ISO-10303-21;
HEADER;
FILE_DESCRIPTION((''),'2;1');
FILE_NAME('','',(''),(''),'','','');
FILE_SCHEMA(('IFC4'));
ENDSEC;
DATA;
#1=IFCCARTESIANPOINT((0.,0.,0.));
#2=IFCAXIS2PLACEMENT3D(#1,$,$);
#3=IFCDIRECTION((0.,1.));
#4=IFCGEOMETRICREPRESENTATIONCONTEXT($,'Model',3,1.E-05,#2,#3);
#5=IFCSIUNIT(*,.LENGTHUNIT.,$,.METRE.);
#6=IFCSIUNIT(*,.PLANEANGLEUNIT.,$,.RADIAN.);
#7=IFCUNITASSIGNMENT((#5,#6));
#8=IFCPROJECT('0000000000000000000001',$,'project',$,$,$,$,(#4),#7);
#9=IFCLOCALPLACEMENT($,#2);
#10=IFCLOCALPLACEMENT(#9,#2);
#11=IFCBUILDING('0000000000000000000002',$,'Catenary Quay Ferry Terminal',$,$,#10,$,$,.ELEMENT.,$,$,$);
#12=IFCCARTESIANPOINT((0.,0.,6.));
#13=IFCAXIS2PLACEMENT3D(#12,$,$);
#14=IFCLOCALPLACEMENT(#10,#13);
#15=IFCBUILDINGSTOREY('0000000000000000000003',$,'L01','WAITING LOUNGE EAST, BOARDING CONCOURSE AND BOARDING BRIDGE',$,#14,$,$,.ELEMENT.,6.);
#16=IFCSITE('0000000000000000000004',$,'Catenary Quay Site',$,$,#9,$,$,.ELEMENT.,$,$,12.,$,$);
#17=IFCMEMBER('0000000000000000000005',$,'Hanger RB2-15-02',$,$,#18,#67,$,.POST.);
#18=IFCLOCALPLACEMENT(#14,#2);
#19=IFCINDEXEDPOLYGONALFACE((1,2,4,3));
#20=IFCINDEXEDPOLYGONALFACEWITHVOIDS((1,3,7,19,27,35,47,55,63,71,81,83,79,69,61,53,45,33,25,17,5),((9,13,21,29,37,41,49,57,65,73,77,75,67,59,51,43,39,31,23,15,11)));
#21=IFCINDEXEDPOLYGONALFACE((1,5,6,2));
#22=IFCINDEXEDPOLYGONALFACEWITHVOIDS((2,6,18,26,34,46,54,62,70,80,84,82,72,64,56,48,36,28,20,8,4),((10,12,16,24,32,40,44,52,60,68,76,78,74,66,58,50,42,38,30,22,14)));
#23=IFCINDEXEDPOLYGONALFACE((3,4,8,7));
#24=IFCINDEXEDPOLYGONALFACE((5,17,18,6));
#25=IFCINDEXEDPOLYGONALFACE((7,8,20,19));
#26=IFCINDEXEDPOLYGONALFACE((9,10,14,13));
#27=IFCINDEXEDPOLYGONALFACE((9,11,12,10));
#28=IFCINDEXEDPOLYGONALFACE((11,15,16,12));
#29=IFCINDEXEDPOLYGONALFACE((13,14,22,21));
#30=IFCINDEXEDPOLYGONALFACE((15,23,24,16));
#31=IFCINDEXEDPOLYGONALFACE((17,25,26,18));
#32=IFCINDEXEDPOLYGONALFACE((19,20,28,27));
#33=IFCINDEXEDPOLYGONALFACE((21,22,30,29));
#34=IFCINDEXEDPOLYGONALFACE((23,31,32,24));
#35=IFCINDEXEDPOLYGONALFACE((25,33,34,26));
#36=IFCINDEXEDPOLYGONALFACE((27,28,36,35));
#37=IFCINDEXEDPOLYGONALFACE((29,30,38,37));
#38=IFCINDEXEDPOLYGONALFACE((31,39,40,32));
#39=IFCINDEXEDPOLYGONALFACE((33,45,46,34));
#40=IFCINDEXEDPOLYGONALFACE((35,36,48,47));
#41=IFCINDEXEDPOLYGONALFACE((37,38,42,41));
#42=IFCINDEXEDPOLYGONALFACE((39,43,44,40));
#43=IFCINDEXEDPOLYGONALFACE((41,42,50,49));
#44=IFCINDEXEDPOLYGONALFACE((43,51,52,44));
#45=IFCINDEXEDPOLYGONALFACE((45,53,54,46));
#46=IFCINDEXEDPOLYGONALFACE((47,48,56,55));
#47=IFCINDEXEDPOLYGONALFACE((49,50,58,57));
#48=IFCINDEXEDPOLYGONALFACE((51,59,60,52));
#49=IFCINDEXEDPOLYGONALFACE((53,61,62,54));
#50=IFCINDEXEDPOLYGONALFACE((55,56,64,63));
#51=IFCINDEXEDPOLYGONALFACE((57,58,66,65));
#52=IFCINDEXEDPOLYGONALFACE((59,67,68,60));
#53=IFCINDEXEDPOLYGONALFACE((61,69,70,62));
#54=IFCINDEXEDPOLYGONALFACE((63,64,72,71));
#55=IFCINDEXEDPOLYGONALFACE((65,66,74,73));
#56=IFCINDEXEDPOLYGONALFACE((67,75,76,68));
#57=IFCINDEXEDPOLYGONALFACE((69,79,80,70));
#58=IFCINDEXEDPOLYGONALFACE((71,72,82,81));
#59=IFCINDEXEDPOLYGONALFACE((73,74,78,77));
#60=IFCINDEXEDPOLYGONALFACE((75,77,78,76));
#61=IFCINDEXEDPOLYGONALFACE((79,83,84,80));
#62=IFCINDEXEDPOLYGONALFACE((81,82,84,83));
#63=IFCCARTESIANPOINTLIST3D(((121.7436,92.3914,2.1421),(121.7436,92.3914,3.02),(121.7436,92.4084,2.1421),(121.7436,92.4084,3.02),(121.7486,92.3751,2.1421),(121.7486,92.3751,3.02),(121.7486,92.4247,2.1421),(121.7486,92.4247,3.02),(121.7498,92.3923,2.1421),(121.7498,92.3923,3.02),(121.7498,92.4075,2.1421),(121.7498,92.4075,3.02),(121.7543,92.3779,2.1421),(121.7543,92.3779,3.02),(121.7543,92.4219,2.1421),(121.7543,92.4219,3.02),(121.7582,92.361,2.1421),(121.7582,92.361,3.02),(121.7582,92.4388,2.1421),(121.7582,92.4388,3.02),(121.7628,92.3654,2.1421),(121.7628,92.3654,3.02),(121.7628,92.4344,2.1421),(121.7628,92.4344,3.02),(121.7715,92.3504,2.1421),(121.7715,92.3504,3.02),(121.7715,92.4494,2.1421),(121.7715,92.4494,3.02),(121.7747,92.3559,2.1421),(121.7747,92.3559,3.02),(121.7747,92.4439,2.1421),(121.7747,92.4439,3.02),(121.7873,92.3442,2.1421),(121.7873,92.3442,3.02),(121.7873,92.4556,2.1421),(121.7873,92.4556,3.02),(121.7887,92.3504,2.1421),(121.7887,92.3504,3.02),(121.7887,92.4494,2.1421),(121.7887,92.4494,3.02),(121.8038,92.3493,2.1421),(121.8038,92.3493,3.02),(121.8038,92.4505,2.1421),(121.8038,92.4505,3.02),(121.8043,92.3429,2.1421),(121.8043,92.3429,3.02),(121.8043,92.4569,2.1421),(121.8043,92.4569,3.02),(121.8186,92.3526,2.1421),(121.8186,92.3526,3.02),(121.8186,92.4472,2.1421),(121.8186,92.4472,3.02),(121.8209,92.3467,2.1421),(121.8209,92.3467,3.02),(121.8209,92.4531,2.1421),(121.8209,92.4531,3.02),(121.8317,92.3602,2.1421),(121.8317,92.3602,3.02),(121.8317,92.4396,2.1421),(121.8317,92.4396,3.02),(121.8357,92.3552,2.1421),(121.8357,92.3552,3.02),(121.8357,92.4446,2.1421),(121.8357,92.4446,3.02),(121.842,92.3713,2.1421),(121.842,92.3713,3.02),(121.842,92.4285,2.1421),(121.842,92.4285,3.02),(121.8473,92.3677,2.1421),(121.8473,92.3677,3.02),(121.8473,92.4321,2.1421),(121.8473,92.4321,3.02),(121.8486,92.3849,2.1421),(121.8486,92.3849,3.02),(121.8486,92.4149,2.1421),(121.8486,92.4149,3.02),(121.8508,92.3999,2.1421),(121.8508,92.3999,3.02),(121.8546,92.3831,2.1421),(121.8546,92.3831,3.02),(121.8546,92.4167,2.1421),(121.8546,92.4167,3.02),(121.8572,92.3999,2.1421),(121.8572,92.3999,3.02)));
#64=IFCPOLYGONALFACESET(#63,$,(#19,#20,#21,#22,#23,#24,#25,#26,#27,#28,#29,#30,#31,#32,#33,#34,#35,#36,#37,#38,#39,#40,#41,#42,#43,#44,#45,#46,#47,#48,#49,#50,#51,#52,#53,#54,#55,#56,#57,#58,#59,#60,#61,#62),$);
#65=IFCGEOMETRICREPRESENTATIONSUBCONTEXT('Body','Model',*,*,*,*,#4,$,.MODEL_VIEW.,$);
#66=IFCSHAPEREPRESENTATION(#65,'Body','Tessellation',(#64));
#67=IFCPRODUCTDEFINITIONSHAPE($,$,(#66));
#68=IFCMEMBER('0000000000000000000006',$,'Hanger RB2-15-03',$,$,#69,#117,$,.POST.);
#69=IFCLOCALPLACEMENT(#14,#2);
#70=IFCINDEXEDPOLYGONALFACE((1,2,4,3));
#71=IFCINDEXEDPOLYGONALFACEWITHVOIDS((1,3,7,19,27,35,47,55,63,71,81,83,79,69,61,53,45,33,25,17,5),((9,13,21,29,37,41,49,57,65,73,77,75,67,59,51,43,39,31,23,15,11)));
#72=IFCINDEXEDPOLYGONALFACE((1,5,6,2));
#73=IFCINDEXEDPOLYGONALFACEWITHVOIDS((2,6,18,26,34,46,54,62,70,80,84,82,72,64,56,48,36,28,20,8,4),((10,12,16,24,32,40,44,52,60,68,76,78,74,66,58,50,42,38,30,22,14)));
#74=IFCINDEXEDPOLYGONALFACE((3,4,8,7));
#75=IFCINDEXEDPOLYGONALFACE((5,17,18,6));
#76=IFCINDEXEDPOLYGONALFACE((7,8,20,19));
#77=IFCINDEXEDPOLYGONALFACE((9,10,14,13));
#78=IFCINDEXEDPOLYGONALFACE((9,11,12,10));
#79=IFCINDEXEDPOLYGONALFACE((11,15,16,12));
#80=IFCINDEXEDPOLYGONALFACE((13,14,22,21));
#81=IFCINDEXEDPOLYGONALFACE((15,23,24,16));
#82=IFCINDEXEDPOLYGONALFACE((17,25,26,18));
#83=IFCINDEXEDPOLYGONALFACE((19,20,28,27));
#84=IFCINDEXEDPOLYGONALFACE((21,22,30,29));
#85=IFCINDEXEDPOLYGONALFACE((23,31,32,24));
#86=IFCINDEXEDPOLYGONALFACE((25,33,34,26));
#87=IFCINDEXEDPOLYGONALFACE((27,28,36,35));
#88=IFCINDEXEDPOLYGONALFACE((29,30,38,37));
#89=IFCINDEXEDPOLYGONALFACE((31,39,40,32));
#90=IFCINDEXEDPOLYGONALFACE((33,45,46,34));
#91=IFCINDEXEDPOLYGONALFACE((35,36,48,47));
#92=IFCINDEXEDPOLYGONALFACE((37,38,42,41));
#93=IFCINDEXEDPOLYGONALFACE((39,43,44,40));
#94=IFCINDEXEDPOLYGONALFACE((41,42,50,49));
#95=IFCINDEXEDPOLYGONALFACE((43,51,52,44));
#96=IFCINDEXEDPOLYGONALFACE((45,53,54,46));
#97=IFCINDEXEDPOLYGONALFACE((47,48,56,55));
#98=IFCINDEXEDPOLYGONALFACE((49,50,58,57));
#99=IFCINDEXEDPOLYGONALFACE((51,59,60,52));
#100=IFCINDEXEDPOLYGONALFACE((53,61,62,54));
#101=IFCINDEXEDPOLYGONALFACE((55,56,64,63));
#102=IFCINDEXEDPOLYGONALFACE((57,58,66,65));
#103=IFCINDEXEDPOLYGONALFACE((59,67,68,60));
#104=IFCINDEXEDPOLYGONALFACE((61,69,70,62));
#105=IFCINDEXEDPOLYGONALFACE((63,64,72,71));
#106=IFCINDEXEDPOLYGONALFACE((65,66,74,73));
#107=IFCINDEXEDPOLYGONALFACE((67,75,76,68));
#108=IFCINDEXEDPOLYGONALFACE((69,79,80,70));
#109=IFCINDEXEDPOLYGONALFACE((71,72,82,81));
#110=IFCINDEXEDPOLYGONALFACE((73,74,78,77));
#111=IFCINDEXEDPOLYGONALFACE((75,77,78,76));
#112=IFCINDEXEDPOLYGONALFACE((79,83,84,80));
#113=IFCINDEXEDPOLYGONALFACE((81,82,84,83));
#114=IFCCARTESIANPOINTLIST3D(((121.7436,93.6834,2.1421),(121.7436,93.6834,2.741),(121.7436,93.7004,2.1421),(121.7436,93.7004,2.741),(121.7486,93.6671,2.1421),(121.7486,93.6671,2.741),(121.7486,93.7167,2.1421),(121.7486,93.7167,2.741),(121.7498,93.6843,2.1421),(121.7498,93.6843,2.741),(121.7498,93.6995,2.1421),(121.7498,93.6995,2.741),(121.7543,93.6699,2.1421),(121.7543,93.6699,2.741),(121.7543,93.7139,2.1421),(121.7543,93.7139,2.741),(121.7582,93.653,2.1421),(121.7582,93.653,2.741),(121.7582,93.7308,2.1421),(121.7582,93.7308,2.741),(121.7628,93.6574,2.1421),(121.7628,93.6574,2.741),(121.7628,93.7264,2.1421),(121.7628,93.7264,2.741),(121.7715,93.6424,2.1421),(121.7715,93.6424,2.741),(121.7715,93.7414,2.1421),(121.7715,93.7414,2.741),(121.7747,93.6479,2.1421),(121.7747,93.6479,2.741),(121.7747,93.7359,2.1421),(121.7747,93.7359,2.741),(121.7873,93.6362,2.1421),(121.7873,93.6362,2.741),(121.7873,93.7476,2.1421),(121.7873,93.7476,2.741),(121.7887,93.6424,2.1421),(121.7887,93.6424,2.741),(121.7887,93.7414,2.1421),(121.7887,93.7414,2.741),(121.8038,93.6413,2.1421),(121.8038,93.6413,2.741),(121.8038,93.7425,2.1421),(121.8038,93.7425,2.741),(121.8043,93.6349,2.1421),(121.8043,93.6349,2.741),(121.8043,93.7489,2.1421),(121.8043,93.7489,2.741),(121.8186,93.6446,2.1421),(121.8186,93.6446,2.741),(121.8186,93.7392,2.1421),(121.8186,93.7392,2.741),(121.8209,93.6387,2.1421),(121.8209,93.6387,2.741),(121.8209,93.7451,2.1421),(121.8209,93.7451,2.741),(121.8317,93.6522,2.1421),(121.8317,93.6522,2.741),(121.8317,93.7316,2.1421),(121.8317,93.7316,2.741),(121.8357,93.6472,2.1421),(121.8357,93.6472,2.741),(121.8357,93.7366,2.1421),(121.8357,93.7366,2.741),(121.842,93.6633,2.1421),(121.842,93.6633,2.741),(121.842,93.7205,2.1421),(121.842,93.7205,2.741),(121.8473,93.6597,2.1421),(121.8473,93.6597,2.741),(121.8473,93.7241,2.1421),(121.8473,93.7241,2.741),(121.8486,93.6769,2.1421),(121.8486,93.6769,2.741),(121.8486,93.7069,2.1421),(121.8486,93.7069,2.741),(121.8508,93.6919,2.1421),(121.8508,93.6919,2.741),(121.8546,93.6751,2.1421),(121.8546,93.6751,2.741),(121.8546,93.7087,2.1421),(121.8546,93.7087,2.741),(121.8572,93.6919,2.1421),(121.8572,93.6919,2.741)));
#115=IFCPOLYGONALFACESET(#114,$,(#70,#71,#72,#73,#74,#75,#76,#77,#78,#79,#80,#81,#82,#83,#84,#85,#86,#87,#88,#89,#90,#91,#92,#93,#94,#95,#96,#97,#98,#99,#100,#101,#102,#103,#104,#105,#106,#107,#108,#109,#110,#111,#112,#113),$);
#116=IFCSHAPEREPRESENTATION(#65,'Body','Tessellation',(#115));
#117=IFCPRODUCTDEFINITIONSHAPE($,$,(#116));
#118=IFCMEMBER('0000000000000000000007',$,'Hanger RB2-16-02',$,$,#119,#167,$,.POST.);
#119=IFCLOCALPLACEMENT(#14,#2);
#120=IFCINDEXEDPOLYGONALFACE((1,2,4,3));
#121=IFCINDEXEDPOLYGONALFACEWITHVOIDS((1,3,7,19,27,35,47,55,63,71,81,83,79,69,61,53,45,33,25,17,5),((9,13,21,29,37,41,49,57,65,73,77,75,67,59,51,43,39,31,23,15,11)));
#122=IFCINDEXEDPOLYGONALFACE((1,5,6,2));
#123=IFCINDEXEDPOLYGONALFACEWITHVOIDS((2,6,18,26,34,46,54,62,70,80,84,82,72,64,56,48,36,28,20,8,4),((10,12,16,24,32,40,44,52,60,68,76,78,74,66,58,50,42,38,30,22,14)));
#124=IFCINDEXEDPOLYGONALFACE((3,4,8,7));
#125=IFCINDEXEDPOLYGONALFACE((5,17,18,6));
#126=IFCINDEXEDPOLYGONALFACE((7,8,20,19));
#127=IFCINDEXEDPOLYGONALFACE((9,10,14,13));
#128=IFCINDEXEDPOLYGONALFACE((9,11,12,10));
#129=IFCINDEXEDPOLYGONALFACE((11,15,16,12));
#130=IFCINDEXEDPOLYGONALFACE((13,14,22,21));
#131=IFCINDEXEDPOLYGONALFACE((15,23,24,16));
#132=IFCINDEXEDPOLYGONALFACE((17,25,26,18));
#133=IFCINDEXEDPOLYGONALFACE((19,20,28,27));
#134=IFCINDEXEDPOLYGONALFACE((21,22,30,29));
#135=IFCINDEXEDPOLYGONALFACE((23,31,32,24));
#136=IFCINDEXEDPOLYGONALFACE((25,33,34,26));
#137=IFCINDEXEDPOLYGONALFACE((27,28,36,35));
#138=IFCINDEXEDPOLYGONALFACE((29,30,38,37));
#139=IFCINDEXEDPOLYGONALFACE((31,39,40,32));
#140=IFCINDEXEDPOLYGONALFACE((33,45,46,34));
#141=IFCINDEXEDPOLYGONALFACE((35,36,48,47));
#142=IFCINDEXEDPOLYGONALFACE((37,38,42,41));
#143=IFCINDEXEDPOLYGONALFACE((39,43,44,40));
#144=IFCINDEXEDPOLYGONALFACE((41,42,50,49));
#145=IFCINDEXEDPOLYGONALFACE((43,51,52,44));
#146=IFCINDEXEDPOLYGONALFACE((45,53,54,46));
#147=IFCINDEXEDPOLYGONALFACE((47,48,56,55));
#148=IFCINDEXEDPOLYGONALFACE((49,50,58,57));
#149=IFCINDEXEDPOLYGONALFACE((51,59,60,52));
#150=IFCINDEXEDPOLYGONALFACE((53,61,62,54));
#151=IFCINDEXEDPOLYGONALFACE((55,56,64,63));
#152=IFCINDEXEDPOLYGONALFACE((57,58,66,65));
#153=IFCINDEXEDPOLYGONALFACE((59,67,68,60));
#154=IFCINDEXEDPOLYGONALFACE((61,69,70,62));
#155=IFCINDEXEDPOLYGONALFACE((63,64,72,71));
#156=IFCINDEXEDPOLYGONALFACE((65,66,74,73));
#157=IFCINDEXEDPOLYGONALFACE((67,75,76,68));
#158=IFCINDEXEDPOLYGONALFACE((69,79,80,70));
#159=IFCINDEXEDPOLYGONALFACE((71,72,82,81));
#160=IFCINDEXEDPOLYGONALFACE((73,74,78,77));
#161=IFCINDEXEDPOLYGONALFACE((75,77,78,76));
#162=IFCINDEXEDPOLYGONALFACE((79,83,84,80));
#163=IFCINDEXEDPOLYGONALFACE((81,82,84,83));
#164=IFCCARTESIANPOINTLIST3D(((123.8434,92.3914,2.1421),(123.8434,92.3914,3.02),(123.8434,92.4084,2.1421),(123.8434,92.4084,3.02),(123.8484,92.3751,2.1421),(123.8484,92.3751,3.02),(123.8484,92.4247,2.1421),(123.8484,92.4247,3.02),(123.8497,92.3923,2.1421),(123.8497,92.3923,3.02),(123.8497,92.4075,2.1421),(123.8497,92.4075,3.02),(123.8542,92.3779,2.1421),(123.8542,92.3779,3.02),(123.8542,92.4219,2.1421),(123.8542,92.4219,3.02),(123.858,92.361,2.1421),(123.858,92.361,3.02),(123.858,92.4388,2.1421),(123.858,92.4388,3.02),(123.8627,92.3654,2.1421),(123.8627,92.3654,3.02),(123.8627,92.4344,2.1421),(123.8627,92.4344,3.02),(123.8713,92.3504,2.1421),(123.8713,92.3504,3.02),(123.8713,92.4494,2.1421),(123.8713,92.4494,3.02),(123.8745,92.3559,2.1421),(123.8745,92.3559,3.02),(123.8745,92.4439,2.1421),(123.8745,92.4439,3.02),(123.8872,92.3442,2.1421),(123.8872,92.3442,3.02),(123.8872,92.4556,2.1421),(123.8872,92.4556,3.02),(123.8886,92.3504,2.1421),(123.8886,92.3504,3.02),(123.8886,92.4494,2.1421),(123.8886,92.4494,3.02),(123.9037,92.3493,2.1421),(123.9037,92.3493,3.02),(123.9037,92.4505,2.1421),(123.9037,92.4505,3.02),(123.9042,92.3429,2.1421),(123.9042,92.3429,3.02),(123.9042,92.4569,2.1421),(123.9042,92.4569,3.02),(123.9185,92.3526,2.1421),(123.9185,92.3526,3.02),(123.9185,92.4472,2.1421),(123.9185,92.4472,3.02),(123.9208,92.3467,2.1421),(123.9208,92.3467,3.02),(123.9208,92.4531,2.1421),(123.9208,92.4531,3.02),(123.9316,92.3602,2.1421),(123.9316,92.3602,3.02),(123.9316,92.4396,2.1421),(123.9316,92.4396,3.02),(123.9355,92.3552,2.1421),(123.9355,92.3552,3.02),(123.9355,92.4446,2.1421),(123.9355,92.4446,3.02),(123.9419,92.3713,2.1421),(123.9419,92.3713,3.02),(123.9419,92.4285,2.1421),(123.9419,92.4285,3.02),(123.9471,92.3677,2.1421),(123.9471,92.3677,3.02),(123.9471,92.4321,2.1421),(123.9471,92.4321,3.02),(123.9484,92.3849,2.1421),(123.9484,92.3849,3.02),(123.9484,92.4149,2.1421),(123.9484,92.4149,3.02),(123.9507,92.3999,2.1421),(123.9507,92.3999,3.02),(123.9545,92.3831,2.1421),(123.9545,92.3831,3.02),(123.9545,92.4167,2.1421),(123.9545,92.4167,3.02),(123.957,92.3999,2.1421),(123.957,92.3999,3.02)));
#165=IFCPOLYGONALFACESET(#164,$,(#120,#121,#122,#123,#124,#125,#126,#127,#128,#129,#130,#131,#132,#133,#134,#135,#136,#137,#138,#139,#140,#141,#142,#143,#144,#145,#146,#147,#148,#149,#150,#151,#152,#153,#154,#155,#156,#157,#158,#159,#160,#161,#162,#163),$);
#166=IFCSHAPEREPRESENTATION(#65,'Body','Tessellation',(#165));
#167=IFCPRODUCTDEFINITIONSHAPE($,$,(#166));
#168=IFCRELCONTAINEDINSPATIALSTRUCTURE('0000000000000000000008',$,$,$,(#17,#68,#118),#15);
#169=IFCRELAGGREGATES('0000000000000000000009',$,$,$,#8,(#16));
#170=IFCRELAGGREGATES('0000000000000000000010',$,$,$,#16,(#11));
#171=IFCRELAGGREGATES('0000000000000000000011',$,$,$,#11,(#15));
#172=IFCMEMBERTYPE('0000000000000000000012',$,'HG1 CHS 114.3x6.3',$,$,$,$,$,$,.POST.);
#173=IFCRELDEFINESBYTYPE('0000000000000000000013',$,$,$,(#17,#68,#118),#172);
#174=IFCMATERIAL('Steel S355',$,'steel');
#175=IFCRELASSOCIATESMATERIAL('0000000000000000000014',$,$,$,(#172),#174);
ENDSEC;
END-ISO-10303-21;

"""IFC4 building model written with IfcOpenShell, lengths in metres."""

from ifc_helpers import new_model, si_unit, direction, frame, origin, origin_2d, place, context, subcontext, project, spatial, hollow_circle, extrude, material, material_profile, profile_set, type_object, element, save


model = new_model("IFC4")

# Units and contexts
model_context = context("Model", 3, precision=1e-05, world=origin(), true_north=direction((0.0, 1.0)))
body_context = subcontext(model_context, "Body", "Model", "MODEL_VIEW")
ifc_project = project(units=[si_unit("LENGTHUNIT", "METRE"), si_unit("PLANEANGLEUNIT", "RADIAN")], contexts=[model_context])

# Site, building, storey
site_placement = place(None, origin())
site = spatial("IfcSite", under=ifc_project, at=site_placement, Name="Catenary Quay Site", CompositionType="ELEMENT", RefElevation=12.0)
building_placement = place(site_placement, origin())
building = spatial("IfcBuilding", under=site, at=building_placement, Name="Catenary Quay Ferry Terminal", CompositionType="ELEMENT")
storey_placement = place(building_placement, frame((0.0, 0.0, 6.0)))
storey = spatial("IfcBuildingStorey", under=building, at=storey_placement, Name="L01", Description="WAITING LOUNGE EAST, BOARDING CONCOURSE AND BOARDING BRIDGE", CompositionType="ELEMENT", Elevation=6.0)

# Members
ifc_material_1 = material(Name="Steel S355", Category="steel")
ifc_material_profile_1 = material_profile(ifc_material_1, hollow_circle(Radius=0.0571, WallThickness=0.0063, at=origin_2d()), Name="CHS 114.3x6.3")
ifc_profile_set_1 = profile_set([ifc_material_profile_1], Name="Steel S355")
member_type_1 = type_object("IfcMemberType", Name="HG1 CHS 114.3x6.3", PredefinedType="POST", material=ifc_profile_set_1)
member_1_placement = place(storey_placement, frame((121.8, 92.3999, 2.1421), z_axis=(0.0, 0.0, 1.0), x_axis=(1.0, 0.0, 0.0)))
element("IfcMember", 1, at=member_1_placement, inside=storey, type_object=member_type_1, Name="Hanger RB2-15-02", PredefinedType="POST", context=body_context, shape_type="SweptSolid", body=[
    extrude(hollow_circle(Radius=0.0571, WallThickness=0.0063, at=origin_2d()), origin(), (0.0, 0.0, 1.0), 0.8779),
])
member_2_placement = place(storey_placement, frame((121.8, 93.6919, 2.1421), z_axis=(0.0, 0.0, 1.0), x_axis=(1.0, 0.0, 0.0)))
element("IfcMember", 2, at=member_2_placement, inside=storey, type_object=member_type_1, Name="Hanger RB2-15-03", PredefinedType="POST", context=body_context, shape_type="SweptSolid", body=[
    extrude(hollow_circle(Radius=0.0571, WallThickness=0.0063, at=origin_2d()), origin(), (0.0, 0.0, 1.0), 0.5989),
])
member_3_placement = place(storey_placement, frame((123.8999, 92.3999, 2.1421), z_axis=(0.0, 0.0, 1.0), x_axis=(1.0, 0.0, 0.0)))
element("IfcMember", 3, at=member_3_placement, inside=storey, type_object=member_type_1, Name="Hanger RB2-16-02", PredefinedType="POST", context=body_context, shape_type="SweptSolid", body=[
    extrude(hollow_circle(Radius=0.0571, WallThickness=0.0063, at=origin_2d()), origin(), (0.0, 0.0, 1.0), 0.8779),
])

save(model, "model.ifc")
